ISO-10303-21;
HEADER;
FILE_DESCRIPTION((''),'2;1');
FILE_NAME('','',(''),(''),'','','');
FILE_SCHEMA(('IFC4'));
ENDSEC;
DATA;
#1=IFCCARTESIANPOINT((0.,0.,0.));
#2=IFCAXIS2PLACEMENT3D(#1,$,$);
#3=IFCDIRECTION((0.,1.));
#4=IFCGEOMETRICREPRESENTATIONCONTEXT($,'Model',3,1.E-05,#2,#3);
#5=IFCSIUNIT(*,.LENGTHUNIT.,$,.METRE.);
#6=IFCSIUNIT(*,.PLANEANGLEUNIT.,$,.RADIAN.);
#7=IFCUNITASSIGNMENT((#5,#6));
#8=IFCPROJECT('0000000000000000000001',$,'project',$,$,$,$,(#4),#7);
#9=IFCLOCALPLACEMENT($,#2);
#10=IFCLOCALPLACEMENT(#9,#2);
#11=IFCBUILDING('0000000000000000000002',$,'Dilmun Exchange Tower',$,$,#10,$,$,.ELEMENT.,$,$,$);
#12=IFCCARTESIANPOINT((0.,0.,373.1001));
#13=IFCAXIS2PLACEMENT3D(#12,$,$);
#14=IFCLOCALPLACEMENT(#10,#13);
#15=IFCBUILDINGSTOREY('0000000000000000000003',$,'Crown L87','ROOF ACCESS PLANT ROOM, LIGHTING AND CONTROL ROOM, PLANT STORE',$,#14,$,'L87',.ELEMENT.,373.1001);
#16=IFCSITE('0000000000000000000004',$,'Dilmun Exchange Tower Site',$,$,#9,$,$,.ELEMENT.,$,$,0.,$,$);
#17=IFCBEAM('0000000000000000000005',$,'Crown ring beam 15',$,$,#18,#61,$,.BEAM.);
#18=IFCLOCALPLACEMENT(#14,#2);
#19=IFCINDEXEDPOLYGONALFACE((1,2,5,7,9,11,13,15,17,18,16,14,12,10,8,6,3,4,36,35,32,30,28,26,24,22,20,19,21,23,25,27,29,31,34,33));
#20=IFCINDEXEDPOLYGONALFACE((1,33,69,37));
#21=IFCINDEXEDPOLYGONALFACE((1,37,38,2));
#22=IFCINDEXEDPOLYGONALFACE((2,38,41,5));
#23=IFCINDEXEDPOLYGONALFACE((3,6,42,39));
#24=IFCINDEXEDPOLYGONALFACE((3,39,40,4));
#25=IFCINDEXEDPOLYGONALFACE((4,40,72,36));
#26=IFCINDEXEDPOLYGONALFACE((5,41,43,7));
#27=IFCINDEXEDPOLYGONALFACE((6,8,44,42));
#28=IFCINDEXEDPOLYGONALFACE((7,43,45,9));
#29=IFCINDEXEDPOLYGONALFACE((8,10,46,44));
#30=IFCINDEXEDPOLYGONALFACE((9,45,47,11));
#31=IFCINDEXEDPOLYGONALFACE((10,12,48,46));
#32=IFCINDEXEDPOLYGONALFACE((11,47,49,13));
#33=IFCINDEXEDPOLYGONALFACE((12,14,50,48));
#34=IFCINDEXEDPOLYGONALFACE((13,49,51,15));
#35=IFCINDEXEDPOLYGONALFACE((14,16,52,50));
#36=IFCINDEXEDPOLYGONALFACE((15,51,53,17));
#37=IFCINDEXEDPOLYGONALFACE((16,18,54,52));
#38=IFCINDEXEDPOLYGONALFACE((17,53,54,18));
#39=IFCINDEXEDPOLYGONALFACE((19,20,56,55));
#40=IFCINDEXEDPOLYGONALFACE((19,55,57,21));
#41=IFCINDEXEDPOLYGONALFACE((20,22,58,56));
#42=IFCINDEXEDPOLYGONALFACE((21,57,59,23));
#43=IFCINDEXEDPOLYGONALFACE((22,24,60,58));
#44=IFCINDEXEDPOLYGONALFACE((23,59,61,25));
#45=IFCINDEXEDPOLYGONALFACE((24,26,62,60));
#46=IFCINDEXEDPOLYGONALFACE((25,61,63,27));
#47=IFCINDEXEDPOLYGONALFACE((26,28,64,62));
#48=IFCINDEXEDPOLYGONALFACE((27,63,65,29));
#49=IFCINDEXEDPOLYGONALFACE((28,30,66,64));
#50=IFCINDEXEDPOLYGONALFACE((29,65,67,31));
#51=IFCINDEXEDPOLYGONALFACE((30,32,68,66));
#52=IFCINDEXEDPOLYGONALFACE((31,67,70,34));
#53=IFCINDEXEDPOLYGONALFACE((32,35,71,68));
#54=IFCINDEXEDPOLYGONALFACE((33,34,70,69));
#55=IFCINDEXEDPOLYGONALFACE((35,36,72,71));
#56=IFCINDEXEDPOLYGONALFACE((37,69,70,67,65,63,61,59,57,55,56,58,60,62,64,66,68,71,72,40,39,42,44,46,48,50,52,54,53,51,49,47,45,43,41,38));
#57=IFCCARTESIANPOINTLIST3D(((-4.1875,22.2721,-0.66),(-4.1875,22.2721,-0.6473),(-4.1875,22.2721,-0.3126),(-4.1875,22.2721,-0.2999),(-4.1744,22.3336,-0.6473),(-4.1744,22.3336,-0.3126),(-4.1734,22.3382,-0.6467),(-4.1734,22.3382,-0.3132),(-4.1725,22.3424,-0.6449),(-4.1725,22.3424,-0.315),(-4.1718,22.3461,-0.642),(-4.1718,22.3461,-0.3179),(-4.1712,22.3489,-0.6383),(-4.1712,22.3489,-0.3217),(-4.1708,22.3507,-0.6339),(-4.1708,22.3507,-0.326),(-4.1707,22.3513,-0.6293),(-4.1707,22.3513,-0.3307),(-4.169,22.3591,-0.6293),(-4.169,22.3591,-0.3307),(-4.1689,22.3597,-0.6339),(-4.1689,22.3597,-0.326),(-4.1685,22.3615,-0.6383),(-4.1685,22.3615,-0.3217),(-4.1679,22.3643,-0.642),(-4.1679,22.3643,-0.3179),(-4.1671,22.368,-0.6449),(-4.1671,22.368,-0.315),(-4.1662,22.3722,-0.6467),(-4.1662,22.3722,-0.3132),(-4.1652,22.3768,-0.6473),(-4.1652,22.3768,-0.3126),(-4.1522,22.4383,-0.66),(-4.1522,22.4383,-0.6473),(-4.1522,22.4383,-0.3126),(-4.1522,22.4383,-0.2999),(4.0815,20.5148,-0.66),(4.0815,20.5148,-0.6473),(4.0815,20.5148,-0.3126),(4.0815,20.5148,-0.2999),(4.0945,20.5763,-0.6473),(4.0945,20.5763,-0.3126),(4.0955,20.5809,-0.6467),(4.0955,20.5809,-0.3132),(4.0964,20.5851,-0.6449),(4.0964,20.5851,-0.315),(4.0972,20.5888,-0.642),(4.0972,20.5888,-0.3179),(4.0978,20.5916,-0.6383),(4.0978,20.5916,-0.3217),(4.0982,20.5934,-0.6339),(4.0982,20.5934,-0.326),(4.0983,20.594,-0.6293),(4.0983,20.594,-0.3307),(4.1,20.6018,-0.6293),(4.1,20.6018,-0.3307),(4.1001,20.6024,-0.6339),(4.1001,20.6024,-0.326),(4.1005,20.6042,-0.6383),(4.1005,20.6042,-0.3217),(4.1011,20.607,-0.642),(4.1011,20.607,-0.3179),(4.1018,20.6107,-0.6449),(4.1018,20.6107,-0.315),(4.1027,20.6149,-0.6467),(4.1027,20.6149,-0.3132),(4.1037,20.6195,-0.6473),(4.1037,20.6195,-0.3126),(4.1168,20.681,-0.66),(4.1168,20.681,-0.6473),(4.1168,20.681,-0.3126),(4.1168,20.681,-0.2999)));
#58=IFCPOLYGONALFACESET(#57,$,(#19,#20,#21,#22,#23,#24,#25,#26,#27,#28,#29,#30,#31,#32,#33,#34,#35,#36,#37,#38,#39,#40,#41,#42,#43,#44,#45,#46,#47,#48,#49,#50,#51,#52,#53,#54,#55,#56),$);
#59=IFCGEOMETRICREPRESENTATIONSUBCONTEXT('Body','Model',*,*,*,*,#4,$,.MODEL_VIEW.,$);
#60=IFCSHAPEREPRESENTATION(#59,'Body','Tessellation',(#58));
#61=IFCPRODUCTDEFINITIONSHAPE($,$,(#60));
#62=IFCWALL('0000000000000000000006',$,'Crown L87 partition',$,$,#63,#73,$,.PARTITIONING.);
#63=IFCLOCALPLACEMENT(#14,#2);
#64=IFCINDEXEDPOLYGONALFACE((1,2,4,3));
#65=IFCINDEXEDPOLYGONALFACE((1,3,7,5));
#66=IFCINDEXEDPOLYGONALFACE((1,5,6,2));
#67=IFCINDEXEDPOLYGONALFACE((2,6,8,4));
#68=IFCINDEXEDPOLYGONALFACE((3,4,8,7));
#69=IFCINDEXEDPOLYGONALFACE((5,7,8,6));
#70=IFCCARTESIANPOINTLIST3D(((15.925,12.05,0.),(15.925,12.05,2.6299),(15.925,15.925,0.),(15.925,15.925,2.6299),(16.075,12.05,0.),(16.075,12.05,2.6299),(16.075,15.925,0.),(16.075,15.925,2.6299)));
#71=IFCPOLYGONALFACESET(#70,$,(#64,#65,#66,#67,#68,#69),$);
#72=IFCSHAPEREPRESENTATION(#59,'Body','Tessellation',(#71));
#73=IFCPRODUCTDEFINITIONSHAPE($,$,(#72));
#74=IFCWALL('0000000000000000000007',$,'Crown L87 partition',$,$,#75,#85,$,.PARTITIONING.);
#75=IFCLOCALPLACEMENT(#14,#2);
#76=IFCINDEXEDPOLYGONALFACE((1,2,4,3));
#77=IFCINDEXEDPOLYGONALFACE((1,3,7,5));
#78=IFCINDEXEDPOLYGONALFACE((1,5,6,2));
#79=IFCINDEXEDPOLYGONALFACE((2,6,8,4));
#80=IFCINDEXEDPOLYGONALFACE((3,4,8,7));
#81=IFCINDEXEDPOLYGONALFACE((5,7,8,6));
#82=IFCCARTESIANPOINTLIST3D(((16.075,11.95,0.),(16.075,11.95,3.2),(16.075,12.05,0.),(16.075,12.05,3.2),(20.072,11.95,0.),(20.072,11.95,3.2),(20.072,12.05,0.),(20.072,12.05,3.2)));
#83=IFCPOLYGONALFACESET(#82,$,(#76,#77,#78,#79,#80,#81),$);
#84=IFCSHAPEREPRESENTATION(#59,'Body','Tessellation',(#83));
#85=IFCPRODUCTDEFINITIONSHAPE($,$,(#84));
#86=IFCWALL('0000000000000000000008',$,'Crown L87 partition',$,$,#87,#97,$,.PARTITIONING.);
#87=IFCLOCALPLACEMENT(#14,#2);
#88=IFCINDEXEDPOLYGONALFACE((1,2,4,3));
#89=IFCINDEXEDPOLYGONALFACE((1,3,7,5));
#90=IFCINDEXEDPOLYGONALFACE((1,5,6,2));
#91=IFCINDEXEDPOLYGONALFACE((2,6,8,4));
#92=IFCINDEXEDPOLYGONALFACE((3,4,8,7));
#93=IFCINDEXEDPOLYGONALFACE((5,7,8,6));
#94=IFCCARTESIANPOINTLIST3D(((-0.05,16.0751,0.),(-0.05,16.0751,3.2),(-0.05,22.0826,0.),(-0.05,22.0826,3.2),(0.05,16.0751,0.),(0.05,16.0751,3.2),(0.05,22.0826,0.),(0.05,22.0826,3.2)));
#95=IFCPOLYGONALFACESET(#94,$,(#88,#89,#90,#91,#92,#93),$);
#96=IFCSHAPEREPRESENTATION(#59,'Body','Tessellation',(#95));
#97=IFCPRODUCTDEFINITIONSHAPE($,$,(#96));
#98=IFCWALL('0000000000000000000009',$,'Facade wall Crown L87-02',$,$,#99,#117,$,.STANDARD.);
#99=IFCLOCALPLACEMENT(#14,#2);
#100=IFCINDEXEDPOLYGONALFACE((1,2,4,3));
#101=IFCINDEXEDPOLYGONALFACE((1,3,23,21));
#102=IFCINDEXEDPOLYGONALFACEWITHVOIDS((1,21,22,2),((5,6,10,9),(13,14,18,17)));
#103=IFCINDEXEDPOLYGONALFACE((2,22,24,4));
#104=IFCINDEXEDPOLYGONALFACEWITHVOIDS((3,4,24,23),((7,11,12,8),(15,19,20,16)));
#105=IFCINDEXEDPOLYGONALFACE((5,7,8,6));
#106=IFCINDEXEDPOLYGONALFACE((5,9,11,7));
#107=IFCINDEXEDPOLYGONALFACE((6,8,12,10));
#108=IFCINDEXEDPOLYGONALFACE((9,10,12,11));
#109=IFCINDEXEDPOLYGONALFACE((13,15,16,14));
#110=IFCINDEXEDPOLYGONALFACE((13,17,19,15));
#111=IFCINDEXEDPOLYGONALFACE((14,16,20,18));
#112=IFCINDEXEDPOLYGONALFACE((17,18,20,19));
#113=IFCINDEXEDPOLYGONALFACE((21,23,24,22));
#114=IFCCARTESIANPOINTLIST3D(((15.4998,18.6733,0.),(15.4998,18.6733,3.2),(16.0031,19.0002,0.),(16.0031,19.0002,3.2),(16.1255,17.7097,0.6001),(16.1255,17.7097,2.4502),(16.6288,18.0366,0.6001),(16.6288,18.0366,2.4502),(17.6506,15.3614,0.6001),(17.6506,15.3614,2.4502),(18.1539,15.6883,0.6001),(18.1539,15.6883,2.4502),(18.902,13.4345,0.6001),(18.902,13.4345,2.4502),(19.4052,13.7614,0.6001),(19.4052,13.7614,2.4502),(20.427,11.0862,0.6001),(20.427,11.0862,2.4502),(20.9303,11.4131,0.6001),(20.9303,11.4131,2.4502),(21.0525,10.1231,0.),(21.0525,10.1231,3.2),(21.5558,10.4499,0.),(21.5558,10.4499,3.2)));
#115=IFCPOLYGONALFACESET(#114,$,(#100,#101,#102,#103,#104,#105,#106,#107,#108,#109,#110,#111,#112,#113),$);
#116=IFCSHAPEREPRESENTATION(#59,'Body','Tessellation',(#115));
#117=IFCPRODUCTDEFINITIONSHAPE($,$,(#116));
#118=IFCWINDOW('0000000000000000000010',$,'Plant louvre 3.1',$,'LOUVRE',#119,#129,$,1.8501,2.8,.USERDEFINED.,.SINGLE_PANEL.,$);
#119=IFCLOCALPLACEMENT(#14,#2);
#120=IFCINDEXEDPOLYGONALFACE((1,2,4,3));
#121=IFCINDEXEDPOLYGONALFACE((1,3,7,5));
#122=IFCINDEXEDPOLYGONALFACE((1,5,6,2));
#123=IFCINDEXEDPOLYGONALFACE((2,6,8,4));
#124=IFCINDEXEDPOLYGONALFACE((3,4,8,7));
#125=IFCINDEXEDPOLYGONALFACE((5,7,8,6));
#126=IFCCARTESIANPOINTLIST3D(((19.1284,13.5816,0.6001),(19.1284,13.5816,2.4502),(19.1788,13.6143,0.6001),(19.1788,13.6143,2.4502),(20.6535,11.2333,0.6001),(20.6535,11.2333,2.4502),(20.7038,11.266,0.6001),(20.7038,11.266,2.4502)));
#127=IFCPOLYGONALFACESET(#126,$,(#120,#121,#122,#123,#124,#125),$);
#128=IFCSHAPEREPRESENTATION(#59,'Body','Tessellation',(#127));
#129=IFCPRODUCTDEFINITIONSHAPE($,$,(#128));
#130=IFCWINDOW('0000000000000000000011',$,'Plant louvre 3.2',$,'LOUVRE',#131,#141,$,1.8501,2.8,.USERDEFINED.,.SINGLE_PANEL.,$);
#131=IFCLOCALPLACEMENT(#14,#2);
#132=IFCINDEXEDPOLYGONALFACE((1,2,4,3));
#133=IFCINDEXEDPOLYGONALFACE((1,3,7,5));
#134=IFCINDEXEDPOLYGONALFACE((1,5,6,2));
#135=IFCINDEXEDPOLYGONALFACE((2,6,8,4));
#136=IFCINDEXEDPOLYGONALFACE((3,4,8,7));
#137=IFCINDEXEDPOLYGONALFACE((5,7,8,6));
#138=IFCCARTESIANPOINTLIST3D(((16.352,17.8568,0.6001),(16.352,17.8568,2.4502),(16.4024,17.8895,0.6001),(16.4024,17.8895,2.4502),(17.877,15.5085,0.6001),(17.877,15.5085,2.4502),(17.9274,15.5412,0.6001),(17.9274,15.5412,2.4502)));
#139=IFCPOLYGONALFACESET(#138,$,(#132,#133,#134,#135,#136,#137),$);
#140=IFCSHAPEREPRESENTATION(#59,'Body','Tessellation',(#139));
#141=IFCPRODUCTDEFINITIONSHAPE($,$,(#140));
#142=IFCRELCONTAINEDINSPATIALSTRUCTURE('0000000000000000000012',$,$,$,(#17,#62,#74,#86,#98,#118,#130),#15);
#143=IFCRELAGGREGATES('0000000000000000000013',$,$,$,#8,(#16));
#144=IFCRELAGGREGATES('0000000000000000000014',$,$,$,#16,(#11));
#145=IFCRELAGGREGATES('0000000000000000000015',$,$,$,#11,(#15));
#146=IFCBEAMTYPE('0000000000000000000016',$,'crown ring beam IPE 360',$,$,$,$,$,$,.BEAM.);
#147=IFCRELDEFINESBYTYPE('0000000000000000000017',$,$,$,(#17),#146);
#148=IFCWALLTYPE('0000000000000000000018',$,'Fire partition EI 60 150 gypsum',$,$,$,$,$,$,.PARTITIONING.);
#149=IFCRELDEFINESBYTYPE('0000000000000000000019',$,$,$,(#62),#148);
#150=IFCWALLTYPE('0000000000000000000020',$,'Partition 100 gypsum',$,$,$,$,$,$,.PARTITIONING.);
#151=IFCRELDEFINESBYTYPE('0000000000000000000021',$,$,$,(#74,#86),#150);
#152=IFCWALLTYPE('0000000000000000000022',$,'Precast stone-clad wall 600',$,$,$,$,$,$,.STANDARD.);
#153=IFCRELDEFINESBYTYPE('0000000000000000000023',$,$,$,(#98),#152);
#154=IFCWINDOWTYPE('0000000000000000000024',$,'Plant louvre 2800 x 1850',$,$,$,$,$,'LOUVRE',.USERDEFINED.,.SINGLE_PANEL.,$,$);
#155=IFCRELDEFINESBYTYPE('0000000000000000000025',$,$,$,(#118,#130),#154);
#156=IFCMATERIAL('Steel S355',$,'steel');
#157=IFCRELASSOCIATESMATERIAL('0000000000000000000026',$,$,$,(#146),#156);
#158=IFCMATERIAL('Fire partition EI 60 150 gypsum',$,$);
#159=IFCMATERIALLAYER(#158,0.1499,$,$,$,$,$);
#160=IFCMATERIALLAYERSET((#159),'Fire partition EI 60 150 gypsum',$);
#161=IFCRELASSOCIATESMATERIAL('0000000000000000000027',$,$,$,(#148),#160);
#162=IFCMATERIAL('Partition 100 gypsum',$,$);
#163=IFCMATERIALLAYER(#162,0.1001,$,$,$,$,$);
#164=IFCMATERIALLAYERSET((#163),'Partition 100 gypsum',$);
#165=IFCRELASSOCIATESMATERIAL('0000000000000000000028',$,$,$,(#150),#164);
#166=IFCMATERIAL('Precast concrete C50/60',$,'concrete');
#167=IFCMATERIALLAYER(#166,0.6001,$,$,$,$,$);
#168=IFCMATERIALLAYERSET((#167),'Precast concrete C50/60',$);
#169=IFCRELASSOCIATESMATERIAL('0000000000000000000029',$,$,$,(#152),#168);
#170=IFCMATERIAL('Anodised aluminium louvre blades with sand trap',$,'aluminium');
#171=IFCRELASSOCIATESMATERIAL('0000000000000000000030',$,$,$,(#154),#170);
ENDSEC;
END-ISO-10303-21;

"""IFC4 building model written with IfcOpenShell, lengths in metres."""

from ifc_helpers import new_model, si_unit, direction, frame, frame_2d, origin, origin_2d, place, context, subcontext, project, spatial, rectangle, i_section, extrude, material, layer, layer_set, material_profile, profile_set, type_object, element, fill, save


model = new_model("IFC4")

# Units and contexts
model_context = context("Model", 3, precision=1e-05, world=origin(), true_north=direction((0.0, 1.0)))
body_context = subcontext(model_context, "Body", "Model", "MODEL_VIEW")
ifc_project = project(units=[si_unit("LENGTHUNIT", "METRE"), si_unit("PLANEANGLEUNIT", "RADIAN")], contexts=[model_context])

# Site, building, storey
site_placement = place(None, origin())
site = spatial("IfcSite", under=ifc_project, at=site_placement, Name="Dilmun Exchange Tower Site", CompositionType="ELEMENT", RefElevation=0.0)
building_placement = place(site_placement, origin())
building = spatial("IfcBuilding", under=site, at=building_placement, Name="Dilmun Exchange Tower", CompositionType="ELEMENT")
storey_placement = place(building_placement, frame((0.0, 0.0, 373.1001)))
storey = spatial("IfcBuildingStorey", under=building, at=storey_placement, Name="Crown L87", Description="ROOF ACCESS PLANT ROOM, LIGHTING AND CONTROL ROOM, PLANT STORE", LongName="L87", CompositionType="ELEMENT", Elevation=373.1001)

# Beam
ifc_material_1 = material(Name="Steel S355", Category="steel")
ifc_material_profile_1 = material_profile(ifc_material_1, i_section(OverallWidth=0.1699, OverallDepth=0.3601, WebThickness=0.0081, FlangeThickness=0.0127, FilletRadius=0.0181, at=origin_2d()), Name="IPE 360")
ifc_profile_set_1 = profile_set([ifc_material_profile_1], Name="Steel S355")
beam_type = type_object("IfcBeamType", Name="crown ring beam IPE 360", PredefinedType="BEAM", material=ifc_profile_set_1)
for number, where, z_axis, x_axis, name in (
    (1, (4.0991, 20.5979, -0.48), (-0.978155, 0.207876, 0.0), (-0.207876, -0.978155, 0.0), "Crown ring beam 15"),
):
    element("IfcBeam", number, at=place(storey_placement, frame(where, z_axis=z_axis, x_axis=x_axis)), inside=storey, type_object=beam_type, Name=name, PredefinedType="BEAM", context=body_context, shape_type="SweptSolid", body=[
        extrude(i_section(OverallWidth=0.1699, OverallDepth=0.3601, WebThickness=0.0081, FlangeThickness=0.0127, FilletRadius=0.0181, at=origin_2d()), origin(), (0.0, 0.0, 1.0), 8.4536),
    ])

# Walls
ifc_material_2 = material(Name="Fire partition EI 60 150 gypsum")
ifc_layer_1 = layer(ifc_material_2, 0.1499)
ifc_layer_set_1 = layer_set([ifc_layer_1], Name="Fire partition EI 60 150 gypsum")
wall_type_1 = type_object("IfcWallType", Name="Fire partition EI 60 150 gypsum", PredefinedType="PARTITIONING", material=ifc_layer_set_1)
wall_1_placement = place(storey_placement, frame((16.0, 12.05, 0.0), z_axis=(0.0, 0.0, 1.0), x_axis=(0.0, 1.0, 0.0)))
element("IfcWall", 2, at=wall_1_placement, inside=storey, type_object=wall_type_1, Name="Crown L87 partition", PredefinedType="PARTITIONING", context=body_context, shape_type="SweptSolid", body=[
    extrude(rectangle(XDim=3.875, YDim=0.1499, at=frame_2d((1.9375, 0.0))), origin(), (0.0, 0.0, 1.0), 2.6299),
])
ifc_material_3 = material(Name="Partition 100 gypsum")
ifc_layer_2 = layer(ifc_material_3, 0.1001)
ifc_layer_set_2 = layer_set([ifc_layer_2], Name="Partition 100 gypsum")
wall_type_2 = type_object("IfcWallType", Name="Partition 100 gypsum", PredefinedType="PARTITIONING", material=ifc_layer_set_2)
wall_2_placement = place(storey_placement, frame((16.075, 12.0, 0.0), z_axis=(0.0, 0.0, 1.0), x_axis=(1.0, 0.0, 0.0)))
element("IfcWall", 3, at=wall_2_placement, inside=storey, type_object=wall_type_2, Name="Crown L87 partition", PredefinedType="PARTITIONING", context=body_context, shape_type="SweptSolid", body=[
    extrude(rectangle(XDim=3.9971, YDim=0.1001, at=frame_2d((1.9985, 0.0))), origin(), (0.0, 0.0, 1.0), 3.2),
])
wall_3_placement = place(storey_placement, frame((0.0, 16.075, 0.0), z_axis=(0.0, 0.0, 1.0), x_axis=(0.0, 1.0, 0.0)))
element("IfcWall", 4, at=wall_3_placement, inside=storey, type_object=wall_type_2, Name="Crown L87 partition", PredefinedType="PARTITIONING", context=body_context, shape_type="SweptSolid", body=[
    extrude(rectangle(XDim=6.0076, YDim=0.1001, at=frame_2d((3.0039, 0.0))), origin(), (0.0, 0.0, 1.0), 3.2),
])

# Wall, openings, windows
ifc_material_4 = material(Name="Precast concrete C50/60", Category="concrete")
ifc_layer_3 = layer(ifc_material_4, 0.6001)
ifc_layer_set_3 = layer_set([ifc_layer_3], Name="Precast concrete C50/60")
wall_type_3 = type_object("IfcWallType", Name="Precast stone-clad wall 600", PredefinedType="STANDARD", material=ifc_layer_set_3)
wall_4_placement = place(storey_placement, frame((21.3042, 10.2864, 0.0), z_axis=(0.0, 0.0, 1.0), x_axis=(-0.544647, 0.838666, 0.0)))
wall_4 = element("IfcWall", 5, at=wall_4_placement, inside=storey, type_object=wall_type_3, Name="Facade wall Crown L87-02", PredefinedType="STANDARD", context=body_context, shape_type="SweptSolid", body=[
    extrude(rectangle(XDim=10.1951, YDim=0.6001, at=frame_2d((5.0977, 0.0))), origin(), (0.0, 0.0, 1.0), 3.2),
])
opening_1_placement = place(wall_4_placement, frame((1.1487, 0.0, 0.6001)))
opening_1 = element("IfcOpeningElement", 6, at=opening_1_placement, cuts=wall_4, PredefinedType="OPENING", context=body_context, shape_type="SweptSolid", body=[
    extrude(rectangle(XDim=2.8, YDim=1.8501, at=frame_2d((1.3999, 0.925))), frame((0.0, 0.3101, 0.0), z_axis=(0.0, -1.0, 0.0), x_axis=(1.0, 0.0, 0.0)), (0.0, 0.0, 1.0), 0.6201),
])
opening_2_placement = place(wall_4_placement, frame((6.2463, 0.0, 0.6001)))
opening_2 = element("IfcOpeningElement", 7, at=opening_2_placement, cuts=wall_4, PredefinedType="OPENING", context=body_context, shape_type="SweptSolid", body=[
    extrude(rectangle(XDim=2.8, YDim=1.8501, at=frame_2d((1.3999, 0.925))), frame((0.0, 0.3101, 0.0), z_axis=(0.0, -1.0, 0.0), x_axis=(1.0, 0.0, 0.0)), (0.0, 0.0, 1.0), 0.6201),
])
ifc_material_5 = material(Name="Anodised aluminium louvre blades with sand trap", Category="aluminium")
window_type_1 = type_object("IfcWindowType", Name="Plant louvre 2800 x 1850", ElementType="LOUVRE", PartitioningType="SINGLE_PANEL", PredefinedType="USERDEFINED", material=ifc_material_5)
window_1_placement = place(opening_1_placement, origin())
window_1 = element("IfcWindow", 8, at=window_1_placement, inside=storey, type_object=window_type_1, Name="Plant louvre 3.1", ObjectType="LOUVRE", OverallHeight=1.8501, OverallWidth=2.8, PartitioningType="SINGLE_PANEL", PredefinedType="USERDEFINED", context=body_context, shape_type="SweptSolid", body=[
    extrude(rectangle(XDim=2.8, YDim=1.8501, at=frame_2d((1.3999, 0.925))), frame((0.0, 0.03, 0.0), z_axis=(0.0, -1.0, 0.0), x_axis=(1.0, 0.0, 0.0)), (0.0, 0.0, 1.0), 0.0601),
])
fill(opening_1, window_1)
window_2_placement = place(opening_2_placement, origin())
window_2 = element("IfcWindow", 9, at=window_2_placement, inside=storey, type_object=window_type_1, Name="Plant louvre 3.2", ObjectType="LOUVRE", OverallHeight=1.8501, OverallWidth=2.8, PartitioningType="SINGLE_PANEL", PredefinedType="USERDEFINED", context=body_context, shape_type="SweptSolid", body=[
    extrude(rectangle(XDim=2.8, YDim=1.8501, at=frame_2d((1.3999, 0.925))), frame((0.0, 0.03, 0.0), z_axis=(0.0, -1.0, 0.0), x_axis=(1.0, 0.0, 0.0)), (0.0, 0.0, 1.0), 0.0601),
])
fill(opening_2, window_2)

save(model, "model.ifc")
